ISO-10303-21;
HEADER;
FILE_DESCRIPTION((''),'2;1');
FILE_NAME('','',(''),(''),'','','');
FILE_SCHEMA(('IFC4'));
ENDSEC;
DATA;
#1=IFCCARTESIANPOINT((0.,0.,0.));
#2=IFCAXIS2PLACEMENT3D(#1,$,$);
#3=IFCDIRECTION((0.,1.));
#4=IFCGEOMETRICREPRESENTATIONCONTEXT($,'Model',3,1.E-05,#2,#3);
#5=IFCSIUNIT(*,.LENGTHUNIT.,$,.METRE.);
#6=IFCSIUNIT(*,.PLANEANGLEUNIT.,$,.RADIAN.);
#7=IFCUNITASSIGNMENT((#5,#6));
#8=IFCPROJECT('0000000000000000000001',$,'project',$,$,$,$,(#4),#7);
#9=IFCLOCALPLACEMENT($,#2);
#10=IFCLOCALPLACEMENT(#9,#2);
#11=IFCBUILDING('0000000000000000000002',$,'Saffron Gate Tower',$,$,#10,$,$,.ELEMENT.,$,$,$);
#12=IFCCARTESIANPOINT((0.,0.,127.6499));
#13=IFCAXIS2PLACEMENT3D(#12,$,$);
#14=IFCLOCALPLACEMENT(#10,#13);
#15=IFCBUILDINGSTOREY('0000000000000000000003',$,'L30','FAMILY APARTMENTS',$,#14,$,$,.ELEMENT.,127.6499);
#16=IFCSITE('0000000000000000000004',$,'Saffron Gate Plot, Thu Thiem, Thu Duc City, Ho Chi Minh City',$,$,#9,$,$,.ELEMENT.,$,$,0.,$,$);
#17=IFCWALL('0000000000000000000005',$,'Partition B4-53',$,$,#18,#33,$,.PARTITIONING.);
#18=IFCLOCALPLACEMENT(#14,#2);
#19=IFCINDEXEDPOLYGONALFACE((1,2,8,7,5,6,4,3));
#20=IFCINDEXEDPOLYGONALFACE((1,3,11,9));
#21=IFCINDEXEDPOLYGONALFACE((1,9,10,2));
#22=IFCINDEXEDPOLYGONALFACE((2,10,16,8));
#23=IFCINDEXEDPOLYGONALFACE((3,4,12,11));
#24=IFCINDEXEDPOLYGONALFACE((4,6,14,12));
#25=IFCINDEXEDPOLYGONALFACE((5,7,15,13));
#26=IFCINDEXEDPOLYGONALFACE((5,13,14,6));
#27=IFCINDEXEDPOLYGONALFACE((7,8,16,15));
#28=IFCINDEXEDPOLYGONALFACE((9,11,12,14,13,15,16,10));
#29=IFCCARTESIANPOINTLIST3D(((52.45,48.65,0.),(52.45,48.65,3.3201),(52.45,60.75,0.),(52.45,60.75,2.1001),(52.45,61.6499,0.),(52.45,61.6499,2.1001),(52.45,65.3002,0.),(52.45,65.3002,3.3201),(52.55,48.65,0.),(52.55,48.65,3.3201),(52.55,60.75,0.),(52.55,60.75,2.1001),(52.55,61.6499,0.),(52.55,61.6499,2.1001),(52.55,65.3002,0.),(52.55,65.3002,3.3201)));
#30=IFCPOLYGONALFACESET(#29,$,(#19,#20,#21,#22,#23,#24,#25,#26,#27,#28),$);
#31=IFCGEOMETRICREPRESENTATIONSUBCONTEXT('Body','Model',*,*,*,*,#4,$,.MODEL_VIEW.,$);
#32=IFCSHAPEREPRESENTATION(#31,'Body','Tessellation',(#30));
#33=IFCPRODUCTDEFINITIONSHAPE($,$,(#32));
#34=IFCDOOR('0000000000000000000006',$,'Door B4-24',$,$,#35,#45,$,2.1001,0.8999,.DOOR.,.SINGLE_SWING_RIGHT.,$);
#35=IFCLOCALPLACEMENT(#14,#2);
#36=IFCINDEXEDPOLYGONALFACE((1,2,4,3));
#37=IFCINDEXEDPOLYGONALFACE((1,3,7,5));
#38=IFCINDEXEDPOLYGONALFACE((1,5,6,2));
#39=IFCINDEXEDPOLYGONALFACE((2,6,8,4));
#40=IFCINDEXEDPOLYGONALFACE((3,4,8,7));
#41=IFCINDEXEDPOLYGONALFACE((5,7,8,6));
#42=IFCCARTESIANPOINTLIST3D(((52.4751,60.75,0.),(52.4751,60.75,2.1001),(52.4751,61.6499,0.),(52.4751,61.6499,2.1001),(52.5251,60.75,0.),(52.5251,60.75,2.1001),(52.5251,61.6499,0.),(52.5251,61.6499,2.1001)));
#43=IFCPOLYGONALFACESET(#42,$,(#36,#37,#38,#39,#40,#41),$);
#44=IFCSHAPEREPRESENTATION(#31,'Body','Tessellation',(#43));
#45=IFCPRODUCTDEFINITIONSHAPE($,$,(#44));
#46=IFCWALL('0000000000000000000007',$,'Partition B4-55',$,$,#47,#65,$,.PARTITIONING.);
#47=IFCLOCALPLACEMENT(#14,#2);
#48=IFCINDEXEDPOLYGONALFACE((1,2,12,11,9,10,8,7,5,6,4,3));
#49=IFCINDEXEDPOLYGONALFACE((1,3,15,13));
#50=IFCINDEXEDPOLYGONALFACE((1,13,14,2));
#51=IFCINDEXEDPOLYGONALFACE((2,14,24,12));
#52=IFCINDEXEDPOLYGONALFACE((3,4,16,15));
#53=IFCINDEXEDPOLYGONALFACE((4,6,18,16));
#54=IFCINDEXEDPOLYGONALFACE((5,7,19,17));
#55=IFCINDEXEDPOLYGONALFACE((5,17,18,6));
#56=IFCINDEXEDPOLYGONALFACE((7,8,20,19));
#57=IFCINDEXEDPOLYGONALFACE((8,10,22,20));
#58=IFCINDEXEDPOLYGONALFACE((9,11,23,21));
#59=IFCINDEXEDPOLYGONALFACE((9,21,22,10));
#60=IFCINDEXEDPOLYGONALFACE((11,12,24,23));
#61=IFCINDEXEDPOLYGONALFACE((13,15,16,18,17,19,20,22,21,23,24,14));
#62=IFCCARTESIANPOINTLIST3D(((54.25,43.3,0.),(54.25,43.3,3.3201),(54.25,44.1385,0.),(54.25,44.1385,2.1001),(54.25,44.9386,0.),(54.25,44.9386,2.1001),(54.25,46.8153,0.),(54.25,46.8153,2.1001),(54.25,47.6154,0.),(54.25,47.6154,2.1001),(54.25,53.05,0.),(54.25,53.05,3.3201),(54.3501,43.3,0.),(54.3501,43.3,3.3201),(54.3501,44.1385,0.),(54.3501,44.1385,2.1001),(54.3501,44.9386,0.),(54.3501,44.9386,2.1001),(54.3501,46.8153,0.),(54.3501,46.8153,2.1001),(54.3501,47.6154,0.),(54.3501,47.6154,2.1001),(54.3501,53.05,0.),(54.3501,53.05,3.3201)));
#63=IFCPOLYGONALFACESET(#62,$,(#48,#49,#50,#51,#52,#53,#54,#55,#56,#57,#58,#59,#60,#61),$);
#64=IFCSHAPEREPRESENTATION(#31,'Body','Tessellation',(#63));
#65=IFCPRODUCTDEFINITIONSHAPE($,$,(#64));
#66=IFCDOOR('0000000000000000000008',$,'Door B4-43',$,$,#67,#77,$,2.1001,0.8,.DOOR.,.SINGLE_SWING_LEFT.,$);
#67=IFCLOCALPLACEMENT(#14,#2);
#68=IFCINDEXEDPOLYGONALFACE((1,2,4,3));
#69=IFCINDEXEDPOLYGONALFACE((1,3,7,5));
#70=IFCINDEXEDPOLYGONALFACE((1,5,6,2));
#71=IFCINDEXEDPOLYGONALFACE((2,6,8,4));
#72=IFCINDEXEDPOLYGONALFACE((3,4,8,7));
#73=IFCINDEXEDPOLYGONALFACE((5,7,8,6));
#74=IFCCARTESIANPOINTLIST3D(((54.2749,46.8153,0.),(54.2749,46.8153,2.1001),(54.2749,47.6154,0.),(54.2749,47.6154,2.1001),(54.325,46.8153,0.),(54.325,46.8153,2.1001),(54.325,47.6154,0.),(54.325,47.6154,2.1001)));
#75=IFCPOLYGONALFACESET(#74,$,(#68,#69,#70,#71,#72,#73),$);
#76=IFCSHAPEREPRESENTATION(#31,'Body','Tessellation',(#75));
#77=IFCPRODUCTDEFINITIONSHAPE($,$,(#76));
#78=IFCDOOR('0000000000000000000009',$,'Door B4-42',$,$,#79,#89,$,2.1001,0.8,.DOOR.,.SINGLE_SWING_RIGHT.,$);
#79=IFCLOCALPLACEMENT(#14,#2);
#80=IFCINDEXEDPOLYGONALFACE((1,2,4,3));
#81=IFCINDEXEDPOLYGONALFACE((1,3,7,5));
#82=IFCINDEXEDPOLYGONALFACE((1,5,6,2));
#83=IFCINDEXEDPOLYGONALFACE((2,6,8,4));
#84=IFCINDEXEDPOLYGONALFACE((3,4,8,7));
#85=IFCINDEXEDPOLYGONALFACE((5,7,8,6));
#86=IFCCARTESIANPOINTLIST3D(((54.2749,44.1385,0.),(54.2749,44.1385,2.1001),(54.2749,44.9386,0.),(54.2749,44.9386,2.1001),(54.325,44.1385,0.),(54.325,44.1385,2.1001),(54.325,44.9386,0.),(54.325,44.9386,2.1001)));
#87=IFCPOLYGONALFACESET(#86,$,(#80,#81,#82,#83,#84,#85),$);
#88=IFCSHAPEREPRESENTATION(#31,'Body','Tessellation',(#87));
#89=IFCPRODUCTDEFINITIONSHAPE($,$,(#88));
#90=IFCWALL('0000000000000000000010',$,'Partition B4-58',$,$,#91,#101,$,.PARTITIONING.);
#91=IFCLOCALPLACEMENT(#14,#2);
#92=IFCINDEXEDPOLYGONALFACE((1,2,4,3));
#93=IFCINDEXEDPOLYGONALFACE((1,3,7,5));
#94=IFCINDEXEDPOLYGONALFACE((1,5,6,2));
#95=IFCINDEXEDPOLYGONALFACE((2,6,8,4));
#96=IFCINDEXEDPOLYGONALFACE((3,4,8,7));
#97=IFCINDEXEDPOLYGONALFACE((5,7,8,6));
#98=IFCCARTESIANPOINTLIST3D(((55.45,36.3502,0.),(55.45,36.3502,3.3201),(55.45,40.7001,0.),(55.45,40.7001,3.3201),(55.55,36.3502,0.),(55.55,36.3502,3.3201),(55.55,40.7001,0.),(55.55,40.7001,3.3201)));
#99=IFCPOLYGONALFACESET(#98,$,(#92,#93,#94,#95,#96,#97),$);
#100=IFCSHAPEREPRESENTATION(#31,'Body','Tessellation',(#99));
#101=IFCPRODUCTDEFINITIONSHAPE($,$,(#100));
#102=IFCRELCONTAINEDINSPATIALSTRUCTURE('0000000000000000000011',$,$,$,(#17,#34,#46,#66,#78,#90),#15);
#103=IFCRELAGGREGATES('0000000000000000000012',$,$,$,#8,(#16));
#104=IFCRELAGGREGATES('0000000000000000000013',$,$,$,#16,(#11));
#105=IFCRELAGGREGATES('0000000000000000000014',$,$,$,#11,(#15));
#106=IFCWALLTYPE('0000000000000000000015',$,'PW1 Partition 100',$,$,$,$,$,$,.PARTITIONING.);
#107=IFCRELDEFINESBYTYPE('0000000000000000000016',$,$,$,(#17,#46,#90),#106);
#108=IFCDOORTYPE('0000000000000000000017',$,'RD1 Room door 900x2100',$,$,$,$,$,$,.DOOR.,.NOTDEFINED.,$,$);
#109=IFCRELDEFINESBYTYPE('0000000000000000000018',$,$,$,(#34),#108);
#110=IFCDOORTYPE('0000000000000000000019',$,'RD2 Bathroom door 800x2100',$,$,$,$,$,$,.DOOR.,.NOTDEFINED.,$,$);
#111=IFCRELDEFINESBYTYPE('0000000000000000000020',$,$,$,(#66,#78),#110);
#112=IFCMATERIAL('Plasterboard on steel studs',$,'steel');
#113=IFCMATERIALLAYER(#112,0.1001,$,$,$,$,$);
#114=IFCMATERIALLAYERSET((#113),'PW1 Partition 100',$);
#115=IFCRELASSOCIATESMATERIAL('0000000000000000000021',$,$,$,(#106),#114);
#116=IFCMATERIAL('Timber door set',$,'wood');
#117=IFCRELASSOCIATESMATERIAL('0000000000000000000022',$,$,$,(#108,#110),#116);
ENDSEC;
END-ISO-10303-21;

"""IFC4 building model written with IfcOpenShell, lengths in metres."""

from ifc_helpers import new_model, si_unit, direction, frame, frame_2d, origin, place, context, subcontext, project, spatial, rectangle, extrude, material, layer, layer_set, type_object, element, fill, save


model = new_model("IFC4")

# Units and contexts
model_context = context("Model", 3, precision=1e-05, world=origin(), true_north=direction((0.0, 1.0)))
body_context = subcontext(model_context, "Body", "Model", "MODEL_VIEW")
ifc_project = project(units=[si_unit("LENGTHUNIT", "METRE"), si_unit("PLANEANGLEUNIT", "RADIAN")], contexts=[model_context])

# Site, building, storey
site_placement = place(None, origin())
site = spatial("IfcSite", under=ifc_project, at=site_placement, Name="Saffron Gate Plot, Thu Thiem, Thu Duc City, Ho Chi Minh City", CompositionType="ELEMENT", RefElevation=0.0)
building_placement = place(site_placement, origin())
building = spatial("IfcBuilding", under=site, at=building_placement, Name="Saffron Gate Tower", CompositionType="ELEMENT")
storey_placement = place(building_placement, frame((0.0, 0.0, 127.6499)))
storey = spatial("IfcBuildingStorey", under=building, at=storey_placement, Name="L30", Description="FAMILY APARTMENTS", CompositionType="ELEMENT", Elevation=127.6499)

# Shared definitions
ifc_material_1 = material(Name="Plasterboard on steel studs", Category="steel")
ifc_layer = layer(ifc_material_1, 0.1001)
ifc_layer_set = layer_set([ifc_layer], Name="PW1 Partition 100")
wall_type = type_object("IfcWallType", Name="PW1 Partition 100", PredefinedType="PARTITIONING", material=ifc_layer_set)

# Shared definitions
ifc_material_2 = material(Name="Timber door set", Category="wood")
door_type_1 = type_object("IfcDoorType", Name="RD1 Room door 900x2100", OperationType="NOTDEFINED", PredefinedType="DOOR", material=ifc_material_2)

# Wall, opening, door
wall_1_placement = place(storey_placement, frame((52.5, 48.6499, 0.0), z_axis=(0.0, 0.0, 1.0), x_axis=(0.0, 1.0, 0.0)))
wall_1 = element("IfcWall", 1, at=wall_1_placement, inside=storey, type_object=wall_type, Name="Partition B4-53", PredefinedType="PARTITIONING", context=body_context, shape_type="SweptSolid", body=[
    extrude(rectangle(XDim=16.6501, YDim=0.1001, at=frame_2d((8.3252, 0.0))), origin(), (0.0, 0.0, 1.0), 3.3201),
])
opening_1_placement = place(wall_1_placement, frame((12.1001, 0.0, 0.0)))
opening_1 = element("IfcOpeningElement", 2, at=opening_1_placement, cuts=wall_1, PredefinedType="OPENING", context=body_context, shape_type="SweptSolid", body=[
    extrude(rectangle(XDim=0.8999, YDim=2.1001, at=frame_2d((0.45, 1.05))), frame((0.0, 0.0601, 0.0), z_axis=(0.0, -1.0, 0.0), x_axis=(1.0, 0.0, 0.0)), (0.0, 0.0, 1.0), 0.1201),
])
door_1_placement = place(opening_1_placement, origin())
door_1 = element("IfcDoor", 3, at=door_1_placement, inside=storey, type_object=door_type_1, Name="Door B4-24", OperationType="SINGLE_SWING_RIGHT", OverallHeight=2.1001, OverallWidth=0.8999, PredefinedType="DOOR", context=body_context, shape_type="SweptSolid", body=[
    extrude(rectangle(XDim=0.8999, YDim=2.1001, at=frame_2d((0.45, 1.05))), frame((0.0, 0.0249, 0.0), z_axis=(0.0, -1.0, 0.0), x_axis=(1.0, 0.0, 0.0)), (0.0, 0.0, 1.0), 0.05),
])
fill(opening_1, door_1)

# Wall, openings, doors
wall_2_placement = place(storey_placement, frame((54.3, 53.05, 0.0), z_axis=(0.0, 0.0, 1.0), x_axis=(0.0, -1.0, 0.0)))
wall_2 = element("IfcWall", 4, at=wall_2_placement, inside=storey, type_object=wall_type, Name="Partition B4-55", PredefinedType="PARTITIONING", context=body_context, shape_type="SweptSolid", body=[
    extrude(rectangle(XDim=9.75, YDim=0.1001, at=frame_2d((4.875, 0.0))), origin(), (0.0, 0.0, 1.0), 3.3201),
])
opening_2_placement = place(wall_2_placement, frame((5.4348, 0.0, 0.0)))
opening_2 = element("IfcOpeningElement", 5, at=opening_2_placement, cuts=wall_2, PredefinedType="OPENING", context=body_context, shape_type="SweptSolid", body=[
    extrude(rectangle(XDim=0.8, YDim=2.1001, at=frame_2d((0.3999, 1.05))), frame((0.0, 0.0601, 0.0), z_axis=(0.0, -1.0, 0.0), x_axis=(1.0, 0.0, 0.0)), (0.0, 0.0, 1.0), 0.1201),
])
opening_3_placement = place(wall_2_placement, frame((8.1116, 0.0, 0.0)))
opening_3 = element("IfcOpeningElement", 6, at=opening_3_placement, cuts=wall_2, PredefinedType="OPENING", context=body_context, shape_type="SweptSolid", body=[
    extrude(rectangle(XDim=0.8, YDim=2.1001, at=frame_2d((0.3999, 1.05))), frame((0.0, 0.0601, 0.0), z_axis=(0.0, -1.0, 0.0), x_axis=(1.0, 0.0, 0.0)), (0.0, 0.0, 1.0), 0.1201),
])
door_type_2 = type_object("IfcDoorType", Name="RD2 Bathroom door 800x2100", OperationType="NOTDEFINED", PredefinedType="DOOR", material=ifc_material_2)
door_2_placement = place(opening_2_placement, origin())
door_2 = element("IfcDoor", 7, at=door_2_placement, inside=storey, type_object=door_type_2, Name="Door B4-43", OperationType="SINGLE_SWING_LEFT", OverallHeight=2.1001, OverallWidth=0.8, PredefinedType="DOOR", context=body_context, shape_type="SweptSolid", body=[
    extrude(rectangle(XDim=0.8, YDim=2.1001, at=frame_2d((0.3999, 1.05))), frame((0.0, 0.0249, 0.0), z_axis=(0.0, -1.0, 0.0), x_axis=(1.0, 0.0, 0.0)), (0.0, 0.0, 1.0), 0.05),
])
fill(opening_2, door_2)
door_3_placement = place(opening_3_placement, origin())
door_3 = element("IfcDoor", 8, at=door_3_placement, inside=storey, type_object=door_type_2, Name="Door B4-42", OperationType="SINGLE_SWING_RIGHT", OverallHeight=2.1001, OverallWidth=0.8, PredefinedType="DOOR", context=body_context, shape_type="SweptSolid", body=[
    extrude(rectangle(XDim=0.8, YDim=2.1001, at=frame_2d((0.3999, 1.05))), frame((0.0, 0.0249, 0.0), z_axis=(0.0, -1.0, 0.0), x_axis=(1.0, 0.0, 0.0)), (0.0, 0.0, 1.0), 0.05),
])
fill(opening_3, door_3)

# Wall
wall_3_placement = place(storey_placement, frame((55.5, 40.7, 0.0), z_axis=(0.0, 0.0, 1.0), x_axis=(0.0, -1.0, 0.0)))
element("IfcWall", 9, at=wall_3_placement, inside=storey, type_object=wall_type, Name="Partition B4-58", PredefinedType="PARTITIONING", context=body_context, shape_type="SweptSolid", body=[
    extrude(rectangle(XDim=4.3499, YDim=0.1001, at=frame_2d((2.1748, 0.0))), origin(), (0.0, 0.0, 1.0), 3.3201),
])

save(model, "model.ifc")
